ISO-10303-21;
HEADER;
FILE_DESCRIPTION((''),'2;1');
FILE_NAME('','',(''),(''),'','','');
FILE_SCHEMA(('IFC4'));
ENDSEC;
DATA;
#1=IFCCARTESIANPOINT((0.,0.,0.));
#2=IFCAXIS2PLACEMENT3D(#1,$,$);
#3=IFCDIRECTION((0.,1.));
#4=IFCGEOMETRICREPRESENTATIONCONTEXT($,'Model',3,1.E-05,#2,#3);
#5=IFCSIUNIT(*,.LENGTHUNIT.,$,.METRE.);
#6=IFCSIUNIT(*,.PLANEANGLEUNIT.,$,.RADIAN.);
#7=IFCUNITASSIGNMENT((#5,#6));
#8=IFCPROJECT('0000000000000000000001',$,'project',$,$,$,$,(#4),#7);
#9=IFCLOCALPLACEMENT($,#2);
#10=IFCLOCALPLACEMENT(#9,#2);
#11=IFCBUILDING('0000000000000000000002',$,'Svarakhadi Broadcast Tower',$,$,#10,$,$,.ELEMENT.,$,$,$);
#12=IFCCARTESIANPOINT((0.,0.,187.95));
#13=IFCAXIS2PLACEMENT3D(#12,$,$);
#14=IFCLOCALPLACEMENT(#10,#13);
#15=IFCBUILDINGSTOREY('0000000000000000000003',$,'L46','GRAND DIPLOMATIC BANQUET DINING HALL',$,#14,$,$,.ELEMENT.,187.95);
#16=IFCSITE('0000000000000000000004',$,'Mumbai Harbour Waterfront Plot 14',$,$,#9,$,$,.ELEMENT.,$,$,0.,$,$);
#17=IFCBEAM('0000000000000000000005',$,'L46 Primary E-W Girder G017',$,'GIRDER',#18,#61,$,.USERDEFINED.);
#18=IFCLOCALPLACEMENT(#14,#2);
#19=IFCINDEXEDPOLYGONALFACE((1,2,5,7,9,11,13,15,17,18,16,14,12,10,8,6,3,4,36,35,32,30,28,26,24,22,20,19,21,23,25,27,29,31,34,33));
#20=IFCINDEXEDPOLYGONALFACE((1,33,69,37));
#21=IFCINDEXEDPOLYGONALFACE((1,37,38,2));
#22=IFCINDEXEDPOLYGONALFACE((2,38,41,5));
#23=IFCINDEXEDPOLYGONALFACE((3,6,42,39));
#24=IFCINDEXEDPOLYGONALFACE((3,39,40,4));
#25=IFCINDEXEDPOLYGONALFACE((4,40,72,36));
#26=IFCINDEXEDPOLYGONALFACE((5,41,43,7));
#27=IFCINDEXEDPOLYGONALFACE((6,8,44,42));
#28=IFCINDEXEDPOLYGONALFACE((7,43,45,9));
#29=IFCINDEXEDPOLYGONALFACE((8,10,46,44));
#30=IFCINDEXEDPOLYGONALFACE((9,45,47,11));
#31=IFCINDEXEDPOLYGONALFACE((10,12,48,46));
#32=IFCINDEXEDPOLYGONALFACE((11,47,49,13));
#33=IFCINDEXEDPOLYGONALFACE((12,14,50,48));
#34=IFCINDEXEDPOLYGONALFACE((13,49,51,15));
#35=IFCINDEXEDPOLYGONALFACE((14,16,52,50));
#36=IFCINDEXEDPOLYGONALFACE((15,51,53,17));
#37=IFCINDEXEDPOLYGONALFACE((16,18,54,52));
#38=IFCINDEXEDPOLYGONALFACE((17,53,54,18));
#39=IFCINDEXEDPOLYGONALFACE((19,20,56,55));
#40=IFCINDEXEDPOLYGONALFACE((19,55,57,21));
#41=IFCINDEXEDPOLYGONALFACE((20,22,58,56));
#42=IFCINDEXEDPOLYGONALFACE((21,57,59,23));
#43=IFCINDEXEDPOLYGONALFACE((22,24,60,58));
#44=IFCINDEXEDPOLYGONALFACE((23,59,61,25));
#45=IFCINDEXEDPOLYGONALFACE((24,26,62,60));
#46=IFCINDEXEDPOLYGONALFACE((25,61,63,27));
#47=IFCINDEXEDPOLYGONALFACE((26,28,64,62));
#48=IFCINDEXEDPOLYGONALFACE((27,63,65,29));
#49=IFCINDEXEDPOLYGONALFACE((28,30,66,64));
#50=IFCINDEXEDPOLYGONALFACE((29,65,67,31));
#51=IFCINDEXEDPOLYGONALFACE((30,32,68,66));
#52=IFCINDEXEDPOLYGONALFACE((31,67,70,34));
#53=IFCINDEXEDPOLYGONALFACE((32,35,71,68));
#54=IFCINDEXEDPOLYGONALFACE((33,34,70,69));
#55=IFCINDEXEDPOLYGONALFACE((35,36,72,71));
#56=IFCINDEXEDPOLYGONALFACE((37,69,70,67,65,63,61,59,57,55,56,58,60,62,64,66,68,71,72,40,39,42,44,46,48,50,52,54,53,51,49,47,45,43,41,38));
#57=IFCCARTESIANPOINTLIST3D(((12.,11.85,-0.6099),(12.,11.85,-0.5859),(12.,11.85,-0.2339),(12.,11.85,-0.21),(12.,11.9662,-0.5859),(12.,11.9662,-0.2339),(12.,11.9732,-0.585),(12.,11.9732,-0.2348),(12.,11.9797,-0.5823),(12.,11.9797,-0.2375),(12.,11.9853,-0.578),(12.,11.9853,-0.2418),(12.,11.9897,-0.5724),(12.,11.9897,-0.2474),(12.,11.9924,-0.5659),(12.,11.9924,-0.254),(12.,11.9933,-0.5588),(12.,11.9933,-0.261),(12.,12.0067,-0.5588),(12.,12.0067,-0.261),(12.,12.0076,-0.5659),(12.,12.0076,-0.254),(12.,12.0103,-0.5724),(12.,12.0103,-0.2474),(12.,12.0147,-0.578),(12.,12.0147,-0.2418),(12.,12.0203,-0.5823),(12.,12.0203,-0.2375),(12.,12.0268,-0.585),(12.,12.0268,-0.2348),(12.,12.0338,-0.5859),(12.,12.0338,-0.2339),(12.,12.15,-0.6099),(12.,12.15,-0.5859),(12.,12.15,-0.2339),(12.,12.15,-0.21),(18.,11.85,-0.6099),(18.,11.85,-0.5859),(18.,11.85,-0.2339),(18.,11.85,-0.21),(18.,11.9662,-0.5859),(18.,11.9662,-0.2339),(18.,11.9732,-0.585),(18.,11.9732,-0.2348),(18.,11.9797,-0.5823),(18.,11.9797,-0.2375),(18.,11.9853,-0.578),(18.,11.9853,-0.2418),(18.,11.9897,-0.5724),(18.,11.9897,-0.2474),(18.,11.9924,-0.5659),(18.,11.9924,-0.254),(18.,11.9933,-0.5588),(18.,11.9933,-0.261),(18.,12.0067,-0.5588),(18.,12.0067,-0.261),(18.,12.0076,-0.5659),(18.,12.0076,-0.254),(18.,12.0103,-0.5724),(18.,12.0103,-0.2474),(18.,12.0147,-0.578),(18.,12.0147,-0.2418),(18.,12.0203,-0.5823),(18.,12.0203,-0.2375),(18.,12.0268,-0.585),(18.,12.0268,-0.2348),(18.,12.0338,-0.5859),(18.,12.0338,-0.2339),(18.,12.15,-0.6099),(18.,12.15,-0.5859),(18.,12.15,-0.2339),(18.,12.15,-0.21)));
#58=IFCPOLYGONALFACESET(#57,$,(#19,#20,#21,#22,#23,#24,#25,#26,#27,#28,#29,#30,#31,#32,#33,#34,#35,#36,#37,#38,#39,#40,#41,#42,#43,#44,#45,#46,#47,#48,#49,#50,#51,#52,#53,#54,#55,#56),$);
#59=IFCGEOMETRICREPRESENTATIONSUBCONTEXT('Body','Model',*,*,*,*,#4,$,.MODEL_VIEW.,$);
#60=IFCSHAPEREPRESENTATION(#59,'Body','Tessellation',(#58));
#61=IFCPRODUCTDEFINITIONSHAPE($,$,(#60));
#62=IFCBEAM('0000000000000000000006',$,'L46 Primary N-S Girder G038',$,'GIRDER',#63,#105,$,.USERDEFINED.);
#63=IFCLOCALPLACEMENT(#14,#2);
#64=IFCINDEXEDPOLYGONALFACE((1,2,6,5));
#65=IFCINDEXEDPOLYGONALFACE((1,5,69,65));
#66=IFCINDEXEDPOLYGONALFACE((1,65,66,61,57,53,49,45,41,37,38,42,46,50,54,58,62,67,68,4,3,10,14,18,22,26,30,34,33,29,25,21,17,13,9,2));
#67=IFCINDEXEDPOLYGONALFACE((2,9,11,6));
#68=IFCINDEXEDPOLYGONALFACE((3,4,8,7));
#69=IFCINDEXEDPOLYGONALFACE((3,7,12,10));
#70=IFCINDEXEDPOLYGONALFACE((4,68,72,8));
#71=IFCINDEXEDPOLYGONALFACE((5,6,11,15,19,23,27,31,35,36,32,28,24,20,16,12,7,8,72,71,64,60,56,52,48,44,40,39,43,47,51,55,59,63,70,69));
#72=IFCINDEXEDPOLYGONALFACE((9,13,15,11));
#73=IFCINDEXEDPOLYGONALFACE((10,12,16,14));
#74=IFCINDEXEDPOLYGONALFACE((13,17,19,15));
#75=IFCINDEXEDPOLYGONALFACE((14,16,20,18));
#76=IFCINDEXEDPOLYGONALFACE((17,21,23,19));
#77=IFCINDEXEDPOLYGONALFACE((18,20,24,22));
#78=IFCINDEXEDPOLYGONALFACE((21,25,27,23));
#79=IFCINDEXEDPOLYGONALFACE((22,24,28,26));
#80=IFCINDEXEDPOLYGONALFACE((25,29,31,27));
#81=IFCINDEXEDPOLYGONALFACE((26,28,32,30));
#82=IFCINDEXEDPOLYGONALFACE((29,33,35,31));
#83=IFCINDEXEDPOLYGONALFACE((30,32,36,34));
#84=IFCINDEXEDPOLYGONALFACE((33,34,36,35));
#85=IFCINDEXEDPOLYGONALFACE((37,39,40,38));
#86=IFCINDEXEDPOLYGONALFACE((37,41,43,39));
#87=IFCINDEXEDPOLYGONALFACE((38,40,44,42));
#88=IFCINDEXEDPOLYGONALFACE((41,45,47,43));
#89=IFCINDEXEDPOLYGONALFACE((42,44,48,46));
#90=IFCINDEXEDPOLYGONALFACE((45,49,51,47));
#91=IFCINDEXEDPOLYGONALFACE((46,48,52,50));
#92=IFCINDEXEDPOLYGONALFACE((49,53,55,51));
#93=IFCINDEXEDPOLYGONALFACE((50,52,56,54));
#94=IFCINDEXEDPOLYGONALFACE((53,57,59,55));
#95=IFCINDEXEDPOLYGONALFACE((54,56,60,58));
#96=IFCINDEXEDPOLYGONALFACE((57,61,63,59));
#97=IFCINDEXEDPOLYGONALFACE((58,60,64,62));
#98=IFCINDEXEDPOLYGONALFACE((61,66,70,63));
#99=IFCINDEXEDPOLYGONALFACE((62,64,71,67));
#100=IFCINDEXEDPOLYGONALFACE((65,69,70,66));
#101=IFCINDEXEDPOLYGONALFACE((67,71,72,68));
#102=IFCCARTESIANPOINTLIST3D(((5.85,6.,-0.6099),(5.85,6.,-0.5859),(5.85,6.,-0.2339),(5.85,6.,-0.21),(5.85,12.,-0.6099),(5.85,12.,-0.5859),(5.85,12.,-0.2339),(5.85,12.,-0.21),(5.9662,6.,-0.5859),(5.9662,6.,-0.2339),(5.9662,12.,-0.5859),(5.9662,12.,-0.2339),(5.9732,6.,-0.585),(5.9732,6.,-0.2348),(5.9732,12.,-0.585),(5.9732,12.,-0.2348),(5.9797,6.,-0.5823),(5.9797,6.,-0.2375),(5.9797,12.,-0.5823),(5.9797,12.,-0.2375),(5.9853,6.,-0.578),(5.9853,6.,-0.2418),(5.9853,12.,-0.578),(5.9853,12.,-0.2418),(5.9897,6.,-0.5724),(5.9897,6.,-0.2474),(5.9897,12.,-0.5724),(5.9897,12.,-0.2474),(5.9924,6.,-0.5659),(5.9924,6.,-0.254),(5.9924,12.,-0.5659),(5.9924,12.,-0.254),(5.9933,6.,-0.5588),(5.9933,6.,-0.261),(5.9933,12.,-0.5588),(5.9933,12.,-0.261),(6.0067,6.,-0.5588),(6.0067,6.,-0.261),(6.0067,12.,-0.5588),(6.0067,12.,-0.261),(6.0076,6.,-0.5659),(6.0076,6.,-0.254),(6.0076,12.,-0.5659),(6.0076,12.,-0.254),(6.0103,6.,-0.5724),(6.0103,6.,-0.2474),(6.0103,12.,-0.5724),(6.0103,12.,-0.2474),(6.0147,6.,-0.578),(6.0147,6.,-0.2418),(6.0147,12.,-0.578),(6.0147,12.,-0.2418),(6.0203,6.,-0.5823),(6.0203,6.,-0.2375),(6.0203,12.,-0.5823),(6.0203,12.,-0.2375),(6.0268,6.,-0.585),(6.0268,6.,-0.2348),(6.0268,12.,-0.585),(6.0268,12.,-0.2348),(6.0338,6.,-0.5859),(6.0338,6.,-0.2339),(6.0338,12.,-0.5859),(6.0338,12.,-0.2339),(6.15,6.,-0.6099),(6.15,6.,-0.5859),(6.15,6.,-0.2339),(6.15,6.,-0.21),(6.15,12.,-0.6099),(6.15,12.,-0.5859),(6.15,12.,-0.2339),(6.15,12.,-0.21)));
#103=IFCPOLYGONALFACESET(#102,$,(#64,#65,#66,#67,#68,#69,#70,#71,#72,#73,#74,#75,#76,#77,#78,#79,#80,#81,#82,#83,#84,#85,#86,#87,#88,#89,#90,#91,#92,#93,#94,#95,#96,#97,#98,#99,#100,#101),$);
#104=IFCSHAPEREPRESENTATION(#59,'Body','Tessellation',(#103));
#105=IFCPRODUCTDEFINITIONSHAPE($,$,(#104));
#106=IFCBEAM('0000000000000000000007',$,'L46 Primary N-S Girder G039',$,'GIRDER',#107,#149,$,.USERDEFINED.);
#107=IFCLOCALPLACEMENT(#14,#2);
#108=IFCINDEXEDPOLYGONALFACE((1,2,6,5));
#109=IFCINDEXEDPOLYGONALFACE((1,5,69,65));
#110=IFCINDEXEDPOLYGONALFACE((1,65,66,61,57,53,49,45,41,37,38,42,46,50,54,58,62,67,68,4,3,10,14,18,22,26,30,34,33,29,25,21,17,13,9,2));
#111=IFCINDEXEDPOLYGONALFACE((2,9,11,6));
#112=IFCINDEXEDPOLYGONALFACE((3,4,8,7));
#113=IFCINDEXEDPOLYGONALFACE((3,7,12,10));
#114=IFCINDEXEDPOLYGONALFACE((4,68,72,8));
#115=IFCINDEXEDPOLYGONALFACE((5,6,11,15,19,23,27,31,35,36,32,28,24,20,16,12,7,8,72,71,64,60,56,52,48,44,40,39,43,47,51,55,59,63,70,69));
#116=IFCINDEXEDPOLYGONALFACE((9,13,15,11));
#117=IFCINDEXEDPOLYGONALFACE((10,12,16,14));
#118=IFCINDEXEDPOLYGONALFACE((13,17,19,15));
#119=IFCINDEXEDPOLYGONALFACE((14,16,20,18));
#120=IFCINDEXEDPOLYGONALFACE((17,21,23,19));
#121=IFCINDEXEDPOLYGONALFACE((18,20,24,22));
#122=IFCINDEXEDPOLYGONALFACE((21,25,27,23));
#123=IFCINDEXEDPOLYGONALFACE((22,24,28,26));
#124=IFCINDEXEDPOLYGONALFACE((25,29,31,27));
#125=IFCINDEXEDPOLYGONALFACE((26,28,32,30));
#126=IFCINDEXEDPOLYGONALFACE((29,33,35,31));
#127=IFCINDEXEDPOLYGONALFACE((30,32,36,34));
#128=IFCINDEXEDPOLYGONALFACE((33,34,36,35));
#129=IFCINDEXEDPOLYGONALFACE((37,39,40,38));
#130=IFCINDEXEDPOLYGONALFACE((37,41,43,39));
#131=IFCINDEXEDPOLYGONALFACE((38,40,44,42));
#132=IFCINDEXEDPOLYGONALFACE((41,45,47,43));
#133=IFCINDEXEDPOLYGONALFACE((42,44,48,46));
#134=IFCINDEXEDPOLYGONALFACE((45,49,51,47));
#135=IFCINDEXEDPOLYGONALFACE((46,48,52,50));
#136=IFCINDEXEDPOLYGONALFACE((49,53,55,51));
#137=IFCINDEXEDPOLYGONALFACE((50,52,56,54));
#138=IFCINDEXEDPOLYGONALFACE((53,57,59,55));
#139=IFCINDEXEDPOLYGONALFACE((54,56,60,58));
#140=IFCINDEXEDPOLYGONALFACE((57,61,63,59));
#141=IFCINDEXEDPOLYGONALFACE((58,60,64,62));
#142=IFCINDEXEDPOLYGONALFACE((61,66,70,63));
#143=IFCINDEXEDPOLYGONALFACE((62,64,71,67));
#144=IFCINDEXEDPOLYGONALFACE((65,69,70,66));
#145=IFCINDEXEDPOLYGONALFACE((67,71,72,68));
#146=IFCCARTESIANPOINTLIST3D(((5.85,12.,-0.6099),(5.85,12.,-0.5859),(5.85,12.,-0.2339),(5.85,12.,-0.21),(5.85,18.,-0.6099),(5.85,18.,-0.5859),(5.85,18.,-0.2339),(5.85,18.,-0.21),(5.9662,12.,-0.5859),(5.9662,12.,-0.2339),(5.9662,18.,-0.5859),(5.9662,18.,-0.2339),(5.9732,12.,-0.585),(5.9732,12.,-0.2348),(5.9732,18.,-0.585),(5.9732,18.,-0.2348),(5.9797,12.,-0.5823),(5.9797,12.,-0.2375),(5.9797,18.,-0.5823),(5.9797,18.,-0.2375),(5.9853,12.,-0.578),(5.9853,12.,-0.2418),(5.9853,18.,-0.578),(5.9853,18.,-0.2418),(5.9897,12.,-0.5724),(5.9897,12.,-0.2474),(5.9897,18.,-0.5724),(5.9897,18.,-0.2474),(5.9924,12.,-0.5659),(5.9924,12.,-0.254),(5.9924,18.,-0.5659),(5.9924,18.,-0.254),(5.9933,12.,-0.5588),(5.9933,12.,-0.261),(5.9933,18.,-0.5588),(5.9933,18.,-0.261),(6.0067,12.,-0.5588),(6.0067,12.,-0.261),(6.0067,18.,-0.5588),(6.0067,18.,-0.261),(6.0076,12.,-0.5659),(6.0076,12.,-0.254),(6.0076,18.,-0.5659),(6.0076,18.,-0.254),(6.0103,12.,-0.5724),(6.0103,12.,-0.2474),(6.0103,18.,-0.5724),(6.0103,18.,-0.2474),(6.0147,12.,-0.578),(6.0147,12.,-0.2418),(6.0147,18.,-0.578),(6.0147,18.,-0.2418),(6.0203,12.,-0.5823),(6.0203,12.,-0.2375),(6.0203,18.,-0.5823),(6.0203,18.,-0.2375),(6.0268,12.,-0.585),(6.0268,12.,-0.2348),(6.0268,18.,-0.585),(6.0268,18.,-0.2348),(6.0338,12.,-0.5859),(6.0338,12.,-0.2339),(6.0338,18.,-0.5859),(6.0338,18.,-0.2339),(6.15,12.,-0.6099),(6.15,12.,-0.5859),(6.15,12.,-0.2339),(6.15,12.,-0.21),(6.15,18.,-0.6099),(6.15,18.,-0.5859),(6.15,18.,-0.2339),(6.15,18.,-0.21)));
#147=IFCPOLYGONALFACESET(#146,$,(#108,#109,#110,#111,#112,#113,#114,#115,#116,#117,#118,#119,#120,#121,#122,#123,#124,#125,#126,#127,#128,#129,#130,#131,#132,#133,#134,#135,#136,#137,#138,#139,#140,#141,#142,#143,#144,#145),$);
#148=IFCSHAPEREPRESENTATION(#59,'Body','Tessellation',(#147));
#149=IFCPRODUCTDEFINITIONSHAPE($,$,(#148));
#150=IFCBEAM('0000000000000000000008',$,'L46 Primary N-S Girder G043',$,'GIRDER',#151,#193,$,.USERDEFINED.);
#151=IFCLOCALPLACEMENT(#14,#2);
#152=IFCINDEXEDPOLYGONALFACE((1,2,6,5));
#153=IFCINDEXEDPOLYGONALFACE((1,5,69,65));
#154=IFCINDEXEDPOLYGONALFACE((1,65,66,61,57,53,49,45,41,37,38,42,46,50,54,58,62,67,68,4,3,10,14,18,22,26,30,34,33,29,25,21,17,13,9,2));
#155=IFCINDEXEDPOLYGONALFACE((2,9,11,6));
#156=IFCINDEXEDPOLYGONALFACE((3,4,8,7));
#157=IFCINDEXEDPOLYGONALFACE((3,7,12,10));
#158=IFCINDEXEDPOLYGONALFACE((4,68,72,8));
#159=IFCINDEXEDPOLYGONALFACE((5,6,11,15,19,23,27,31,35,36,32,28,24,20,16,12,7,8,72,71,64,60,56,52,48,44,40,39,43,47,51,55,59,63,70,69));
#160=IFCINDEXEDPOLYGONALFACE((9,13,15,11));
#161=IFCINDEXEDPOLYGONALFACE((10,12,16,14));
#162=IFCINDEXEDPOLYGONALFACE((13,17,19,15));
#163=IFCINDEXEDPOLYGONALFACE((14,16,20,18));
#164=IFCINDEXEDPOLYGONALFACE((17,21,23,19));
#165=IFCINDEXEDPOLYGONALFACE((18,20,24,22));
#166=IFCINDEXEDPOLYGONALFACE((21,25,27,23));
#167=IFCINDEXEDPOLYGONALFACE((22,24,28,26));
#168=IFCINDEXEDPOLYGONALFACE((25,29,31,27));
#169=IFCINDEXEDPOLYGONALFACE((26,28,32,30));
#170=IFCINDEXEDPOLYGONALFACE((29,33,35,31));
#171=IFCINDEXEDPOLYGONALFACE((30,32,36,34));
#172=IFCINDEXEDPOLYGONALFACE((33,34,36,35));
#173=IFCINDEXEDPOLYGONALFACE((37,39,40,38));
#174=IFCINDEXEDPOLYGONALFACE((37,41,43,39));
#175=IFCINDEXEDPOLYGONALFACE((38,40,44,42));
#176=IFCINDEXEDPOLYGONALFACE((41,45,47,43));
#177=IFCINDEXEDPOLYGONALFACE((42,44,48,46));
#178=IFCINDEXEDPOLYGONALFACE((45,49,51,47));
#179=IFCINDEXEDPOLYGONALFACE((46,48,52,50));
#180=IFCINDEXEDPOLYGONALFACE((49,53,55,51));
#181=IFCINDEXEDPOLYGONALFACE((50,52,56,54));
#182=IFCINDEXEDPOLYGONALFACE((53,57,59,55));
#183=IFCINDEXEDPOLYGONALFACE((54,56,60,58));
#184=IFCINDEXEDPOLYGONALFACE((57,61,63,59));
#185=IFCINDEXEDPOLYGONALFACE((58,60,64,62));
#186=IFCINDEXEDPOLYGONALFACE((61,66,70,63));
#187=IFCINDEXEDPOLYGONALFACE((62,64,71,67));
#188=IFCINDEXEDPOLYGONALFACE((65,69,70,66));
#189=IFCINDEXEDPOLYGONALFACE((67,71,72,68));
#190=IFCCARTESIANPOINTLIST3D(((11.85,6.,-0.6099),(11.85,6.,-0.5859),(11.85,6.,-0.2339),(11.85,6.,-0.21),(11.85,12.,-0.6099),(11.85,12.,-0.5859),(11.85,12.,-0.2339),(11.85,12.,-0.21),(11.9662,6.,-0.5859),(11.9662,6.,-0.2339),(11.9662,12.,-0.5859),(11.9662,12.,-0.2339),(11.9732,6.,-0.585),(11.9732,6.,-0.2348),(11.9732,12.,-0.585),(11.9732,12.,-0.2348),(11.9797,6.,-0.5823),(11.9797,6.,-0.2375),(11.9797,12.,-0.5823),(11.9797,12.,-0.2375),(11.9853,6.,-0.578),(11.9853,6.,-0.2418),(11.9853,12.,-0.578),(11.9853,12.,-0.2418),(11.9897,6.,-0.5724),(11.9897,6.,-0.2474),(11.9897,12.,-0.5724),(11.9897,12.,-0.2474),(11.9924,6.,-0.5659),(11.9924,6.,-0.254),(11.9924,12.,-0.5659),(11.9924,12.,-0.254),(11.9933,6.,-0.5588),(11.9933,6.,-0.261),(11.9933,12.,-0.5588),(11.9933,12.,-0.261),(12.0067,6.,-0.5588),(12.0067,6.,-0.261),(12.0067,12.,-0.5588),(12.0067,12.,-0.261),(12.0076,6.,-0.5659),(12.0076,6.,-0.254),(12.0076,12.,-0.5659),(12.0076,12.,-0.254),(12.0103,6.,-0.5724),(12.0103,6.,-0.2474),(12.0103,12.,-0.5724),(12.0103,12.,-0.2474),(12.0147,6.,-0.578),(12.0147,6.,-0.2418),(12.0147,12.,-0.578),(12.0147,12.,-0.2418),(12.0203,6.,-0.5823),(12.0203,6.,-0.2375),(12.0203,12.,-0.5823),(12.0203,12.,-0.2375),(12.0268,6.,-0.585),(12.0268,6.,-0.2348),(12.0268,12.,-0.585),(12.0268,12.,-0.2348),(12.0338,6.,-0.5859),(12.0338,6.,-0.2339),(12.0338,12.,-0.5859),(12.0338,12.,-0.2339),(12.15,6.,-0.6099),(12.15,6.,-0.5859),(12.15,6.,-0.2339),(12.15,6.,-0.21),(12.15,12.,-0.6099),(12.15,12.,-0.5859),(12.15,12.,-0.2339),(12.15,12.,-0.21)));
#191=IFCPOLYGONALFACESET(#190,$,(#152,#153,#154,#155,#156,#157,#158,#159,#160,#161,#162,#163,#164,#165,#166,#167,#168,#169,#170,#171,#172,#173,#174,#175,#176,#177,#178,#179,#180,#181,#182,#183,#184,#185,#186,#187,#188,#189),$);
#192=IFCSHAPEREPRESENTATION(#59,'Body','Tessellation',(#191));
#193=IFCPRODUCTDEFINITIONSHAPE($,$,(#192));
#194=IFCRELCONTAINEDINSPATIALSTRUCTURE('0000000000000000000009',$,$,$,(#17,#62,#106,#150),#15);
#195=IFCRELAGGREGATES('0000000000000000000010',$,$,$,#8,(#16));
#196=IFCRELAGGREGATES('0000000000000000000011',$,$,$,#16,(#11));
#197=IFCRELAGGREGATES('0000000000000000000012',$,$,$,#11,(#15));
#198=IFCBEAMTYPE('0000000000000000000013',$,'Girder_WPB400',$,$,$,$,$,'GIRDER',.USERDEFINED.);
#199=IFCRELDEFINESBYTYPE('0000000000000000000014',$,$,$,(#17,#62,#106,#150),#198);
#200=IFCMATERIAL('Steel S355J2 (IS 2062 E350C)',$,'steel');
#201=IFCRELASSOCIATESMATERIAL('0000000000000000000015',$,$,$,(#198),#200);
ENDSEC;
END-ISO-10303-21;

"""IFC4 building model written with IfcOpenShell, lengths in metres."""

from ifc_helpers import new_model, si_unit, direction, frame, origin, origin_2d, place, context, subcontext, project, spatial, i_section, extrude, material, material_profile, profile_set, type_object, element, save


model = new_model("IFC4")

# Units and contexts
model_context = context("Model", 3, precision=1e-05, world=origin(), true_north=direction((0.0, 1.0)))
body_context = subcontext(model_context, "Body", "Model", "MODEL_VIEW")
ifc_project = project(units=[si_unit("LENGTHUNIT", "METRE"), si_unit("PLANEANGLEUNIT", "RADIAN")], contexts=[model_context])

# Site, building, storey
site_placement = place(None, origin())
site = spatial("IfcSite", under=ifc_project, at=site_placement, Name="Mumbai Harbour Waterfront Plot 14", CompositionType="ELEMENT", RefElevation=0.0)
building_placement = place(site_placement, origin())
building = spatial("IfcBuilding", under=site, at=building_placement, Name="Svarakhadi Broadcast Tower", CompositionType="ELEMENT")
storey_placement = place(building_placement, frame((0.0, 0.0, 187.95)))
storey = spatial("IfcBuildingStorey", under=building, at=storey_placement, Name="L46", Description="GRAND DIPLOMATIC BANQUET DINING HALL", CompositionType="ELEMENT", Elevation=187.95)

# Beams
ifc_material_1 = material(Name="Steel S355J2 (IS 2062 E350C)", Category="steel")
ifc_material_profile_1 = material_profile(ifc_material_1, i_section(OverallWidth=0.3, OverallDepth=0.3999, WebThickness=0.0134, FlangeThickness=0.0239, FilletRadius=0.0271, at=origin_2d()), Name="WPB 400x300x155")
ifc_profile_set_1 = profile_set([ifc_material_profile_1], Name="Steel S355J2 (IS 2062 E350C)")
beam_type_1 = type_object("IfcBeamType", Name="Girder_WPB400", ElementType="GIRDER", PredefinedType="USERDEFINED", material=ifc_profile_set_1)
for number, where, z_axis, x_axis, name in (
    (1, (12.0, 12.0, -0.4099), (1.0, 0.0, 0.0), (0.0, 1.0, 0.0), "L46 Primary E-W Girder G017"),
    (2, (6.0, 6.0, -0.4099), (0.0, 1.0, 0.0), (-1.0, 0.0, 0.0), "L46 Primary N-S Girder G038"),
    (3, (6.0, 12.0, -0.4099), (0.0, 1.0, 0.0), (-1.0, 0.0, 0.0), "L46 Primary N-S Girder G039"),
    (4, (12.0, 6.0, -0.4099), (0.0, 1.0, 0.0), (-1.0, 0.0, 0.0), "L46 Primary N-S Girder G043"),
):
    element("IfcBeam", number, at=place(storey_placement, frame(where, z_axis=z_axis, x_axis=x_axis)), inside=storey, type_object=beam_type_1, Name=name, ObjectType="GIRDER", PredefinedType="USERDEFINED", context=body_context, shape_type="SweptSolid", body=[
        extrude(i_section(OverallWidth=0.3, OverallDepth=0.3999, WebThickness=0.0134, FlangeThickness=0.0239, FilletRadius=0.0271, at=origin_2d()), origin(), (0.0, 0.0, 1.0), 6.0),
    ])

save(model, "model.ifc")
